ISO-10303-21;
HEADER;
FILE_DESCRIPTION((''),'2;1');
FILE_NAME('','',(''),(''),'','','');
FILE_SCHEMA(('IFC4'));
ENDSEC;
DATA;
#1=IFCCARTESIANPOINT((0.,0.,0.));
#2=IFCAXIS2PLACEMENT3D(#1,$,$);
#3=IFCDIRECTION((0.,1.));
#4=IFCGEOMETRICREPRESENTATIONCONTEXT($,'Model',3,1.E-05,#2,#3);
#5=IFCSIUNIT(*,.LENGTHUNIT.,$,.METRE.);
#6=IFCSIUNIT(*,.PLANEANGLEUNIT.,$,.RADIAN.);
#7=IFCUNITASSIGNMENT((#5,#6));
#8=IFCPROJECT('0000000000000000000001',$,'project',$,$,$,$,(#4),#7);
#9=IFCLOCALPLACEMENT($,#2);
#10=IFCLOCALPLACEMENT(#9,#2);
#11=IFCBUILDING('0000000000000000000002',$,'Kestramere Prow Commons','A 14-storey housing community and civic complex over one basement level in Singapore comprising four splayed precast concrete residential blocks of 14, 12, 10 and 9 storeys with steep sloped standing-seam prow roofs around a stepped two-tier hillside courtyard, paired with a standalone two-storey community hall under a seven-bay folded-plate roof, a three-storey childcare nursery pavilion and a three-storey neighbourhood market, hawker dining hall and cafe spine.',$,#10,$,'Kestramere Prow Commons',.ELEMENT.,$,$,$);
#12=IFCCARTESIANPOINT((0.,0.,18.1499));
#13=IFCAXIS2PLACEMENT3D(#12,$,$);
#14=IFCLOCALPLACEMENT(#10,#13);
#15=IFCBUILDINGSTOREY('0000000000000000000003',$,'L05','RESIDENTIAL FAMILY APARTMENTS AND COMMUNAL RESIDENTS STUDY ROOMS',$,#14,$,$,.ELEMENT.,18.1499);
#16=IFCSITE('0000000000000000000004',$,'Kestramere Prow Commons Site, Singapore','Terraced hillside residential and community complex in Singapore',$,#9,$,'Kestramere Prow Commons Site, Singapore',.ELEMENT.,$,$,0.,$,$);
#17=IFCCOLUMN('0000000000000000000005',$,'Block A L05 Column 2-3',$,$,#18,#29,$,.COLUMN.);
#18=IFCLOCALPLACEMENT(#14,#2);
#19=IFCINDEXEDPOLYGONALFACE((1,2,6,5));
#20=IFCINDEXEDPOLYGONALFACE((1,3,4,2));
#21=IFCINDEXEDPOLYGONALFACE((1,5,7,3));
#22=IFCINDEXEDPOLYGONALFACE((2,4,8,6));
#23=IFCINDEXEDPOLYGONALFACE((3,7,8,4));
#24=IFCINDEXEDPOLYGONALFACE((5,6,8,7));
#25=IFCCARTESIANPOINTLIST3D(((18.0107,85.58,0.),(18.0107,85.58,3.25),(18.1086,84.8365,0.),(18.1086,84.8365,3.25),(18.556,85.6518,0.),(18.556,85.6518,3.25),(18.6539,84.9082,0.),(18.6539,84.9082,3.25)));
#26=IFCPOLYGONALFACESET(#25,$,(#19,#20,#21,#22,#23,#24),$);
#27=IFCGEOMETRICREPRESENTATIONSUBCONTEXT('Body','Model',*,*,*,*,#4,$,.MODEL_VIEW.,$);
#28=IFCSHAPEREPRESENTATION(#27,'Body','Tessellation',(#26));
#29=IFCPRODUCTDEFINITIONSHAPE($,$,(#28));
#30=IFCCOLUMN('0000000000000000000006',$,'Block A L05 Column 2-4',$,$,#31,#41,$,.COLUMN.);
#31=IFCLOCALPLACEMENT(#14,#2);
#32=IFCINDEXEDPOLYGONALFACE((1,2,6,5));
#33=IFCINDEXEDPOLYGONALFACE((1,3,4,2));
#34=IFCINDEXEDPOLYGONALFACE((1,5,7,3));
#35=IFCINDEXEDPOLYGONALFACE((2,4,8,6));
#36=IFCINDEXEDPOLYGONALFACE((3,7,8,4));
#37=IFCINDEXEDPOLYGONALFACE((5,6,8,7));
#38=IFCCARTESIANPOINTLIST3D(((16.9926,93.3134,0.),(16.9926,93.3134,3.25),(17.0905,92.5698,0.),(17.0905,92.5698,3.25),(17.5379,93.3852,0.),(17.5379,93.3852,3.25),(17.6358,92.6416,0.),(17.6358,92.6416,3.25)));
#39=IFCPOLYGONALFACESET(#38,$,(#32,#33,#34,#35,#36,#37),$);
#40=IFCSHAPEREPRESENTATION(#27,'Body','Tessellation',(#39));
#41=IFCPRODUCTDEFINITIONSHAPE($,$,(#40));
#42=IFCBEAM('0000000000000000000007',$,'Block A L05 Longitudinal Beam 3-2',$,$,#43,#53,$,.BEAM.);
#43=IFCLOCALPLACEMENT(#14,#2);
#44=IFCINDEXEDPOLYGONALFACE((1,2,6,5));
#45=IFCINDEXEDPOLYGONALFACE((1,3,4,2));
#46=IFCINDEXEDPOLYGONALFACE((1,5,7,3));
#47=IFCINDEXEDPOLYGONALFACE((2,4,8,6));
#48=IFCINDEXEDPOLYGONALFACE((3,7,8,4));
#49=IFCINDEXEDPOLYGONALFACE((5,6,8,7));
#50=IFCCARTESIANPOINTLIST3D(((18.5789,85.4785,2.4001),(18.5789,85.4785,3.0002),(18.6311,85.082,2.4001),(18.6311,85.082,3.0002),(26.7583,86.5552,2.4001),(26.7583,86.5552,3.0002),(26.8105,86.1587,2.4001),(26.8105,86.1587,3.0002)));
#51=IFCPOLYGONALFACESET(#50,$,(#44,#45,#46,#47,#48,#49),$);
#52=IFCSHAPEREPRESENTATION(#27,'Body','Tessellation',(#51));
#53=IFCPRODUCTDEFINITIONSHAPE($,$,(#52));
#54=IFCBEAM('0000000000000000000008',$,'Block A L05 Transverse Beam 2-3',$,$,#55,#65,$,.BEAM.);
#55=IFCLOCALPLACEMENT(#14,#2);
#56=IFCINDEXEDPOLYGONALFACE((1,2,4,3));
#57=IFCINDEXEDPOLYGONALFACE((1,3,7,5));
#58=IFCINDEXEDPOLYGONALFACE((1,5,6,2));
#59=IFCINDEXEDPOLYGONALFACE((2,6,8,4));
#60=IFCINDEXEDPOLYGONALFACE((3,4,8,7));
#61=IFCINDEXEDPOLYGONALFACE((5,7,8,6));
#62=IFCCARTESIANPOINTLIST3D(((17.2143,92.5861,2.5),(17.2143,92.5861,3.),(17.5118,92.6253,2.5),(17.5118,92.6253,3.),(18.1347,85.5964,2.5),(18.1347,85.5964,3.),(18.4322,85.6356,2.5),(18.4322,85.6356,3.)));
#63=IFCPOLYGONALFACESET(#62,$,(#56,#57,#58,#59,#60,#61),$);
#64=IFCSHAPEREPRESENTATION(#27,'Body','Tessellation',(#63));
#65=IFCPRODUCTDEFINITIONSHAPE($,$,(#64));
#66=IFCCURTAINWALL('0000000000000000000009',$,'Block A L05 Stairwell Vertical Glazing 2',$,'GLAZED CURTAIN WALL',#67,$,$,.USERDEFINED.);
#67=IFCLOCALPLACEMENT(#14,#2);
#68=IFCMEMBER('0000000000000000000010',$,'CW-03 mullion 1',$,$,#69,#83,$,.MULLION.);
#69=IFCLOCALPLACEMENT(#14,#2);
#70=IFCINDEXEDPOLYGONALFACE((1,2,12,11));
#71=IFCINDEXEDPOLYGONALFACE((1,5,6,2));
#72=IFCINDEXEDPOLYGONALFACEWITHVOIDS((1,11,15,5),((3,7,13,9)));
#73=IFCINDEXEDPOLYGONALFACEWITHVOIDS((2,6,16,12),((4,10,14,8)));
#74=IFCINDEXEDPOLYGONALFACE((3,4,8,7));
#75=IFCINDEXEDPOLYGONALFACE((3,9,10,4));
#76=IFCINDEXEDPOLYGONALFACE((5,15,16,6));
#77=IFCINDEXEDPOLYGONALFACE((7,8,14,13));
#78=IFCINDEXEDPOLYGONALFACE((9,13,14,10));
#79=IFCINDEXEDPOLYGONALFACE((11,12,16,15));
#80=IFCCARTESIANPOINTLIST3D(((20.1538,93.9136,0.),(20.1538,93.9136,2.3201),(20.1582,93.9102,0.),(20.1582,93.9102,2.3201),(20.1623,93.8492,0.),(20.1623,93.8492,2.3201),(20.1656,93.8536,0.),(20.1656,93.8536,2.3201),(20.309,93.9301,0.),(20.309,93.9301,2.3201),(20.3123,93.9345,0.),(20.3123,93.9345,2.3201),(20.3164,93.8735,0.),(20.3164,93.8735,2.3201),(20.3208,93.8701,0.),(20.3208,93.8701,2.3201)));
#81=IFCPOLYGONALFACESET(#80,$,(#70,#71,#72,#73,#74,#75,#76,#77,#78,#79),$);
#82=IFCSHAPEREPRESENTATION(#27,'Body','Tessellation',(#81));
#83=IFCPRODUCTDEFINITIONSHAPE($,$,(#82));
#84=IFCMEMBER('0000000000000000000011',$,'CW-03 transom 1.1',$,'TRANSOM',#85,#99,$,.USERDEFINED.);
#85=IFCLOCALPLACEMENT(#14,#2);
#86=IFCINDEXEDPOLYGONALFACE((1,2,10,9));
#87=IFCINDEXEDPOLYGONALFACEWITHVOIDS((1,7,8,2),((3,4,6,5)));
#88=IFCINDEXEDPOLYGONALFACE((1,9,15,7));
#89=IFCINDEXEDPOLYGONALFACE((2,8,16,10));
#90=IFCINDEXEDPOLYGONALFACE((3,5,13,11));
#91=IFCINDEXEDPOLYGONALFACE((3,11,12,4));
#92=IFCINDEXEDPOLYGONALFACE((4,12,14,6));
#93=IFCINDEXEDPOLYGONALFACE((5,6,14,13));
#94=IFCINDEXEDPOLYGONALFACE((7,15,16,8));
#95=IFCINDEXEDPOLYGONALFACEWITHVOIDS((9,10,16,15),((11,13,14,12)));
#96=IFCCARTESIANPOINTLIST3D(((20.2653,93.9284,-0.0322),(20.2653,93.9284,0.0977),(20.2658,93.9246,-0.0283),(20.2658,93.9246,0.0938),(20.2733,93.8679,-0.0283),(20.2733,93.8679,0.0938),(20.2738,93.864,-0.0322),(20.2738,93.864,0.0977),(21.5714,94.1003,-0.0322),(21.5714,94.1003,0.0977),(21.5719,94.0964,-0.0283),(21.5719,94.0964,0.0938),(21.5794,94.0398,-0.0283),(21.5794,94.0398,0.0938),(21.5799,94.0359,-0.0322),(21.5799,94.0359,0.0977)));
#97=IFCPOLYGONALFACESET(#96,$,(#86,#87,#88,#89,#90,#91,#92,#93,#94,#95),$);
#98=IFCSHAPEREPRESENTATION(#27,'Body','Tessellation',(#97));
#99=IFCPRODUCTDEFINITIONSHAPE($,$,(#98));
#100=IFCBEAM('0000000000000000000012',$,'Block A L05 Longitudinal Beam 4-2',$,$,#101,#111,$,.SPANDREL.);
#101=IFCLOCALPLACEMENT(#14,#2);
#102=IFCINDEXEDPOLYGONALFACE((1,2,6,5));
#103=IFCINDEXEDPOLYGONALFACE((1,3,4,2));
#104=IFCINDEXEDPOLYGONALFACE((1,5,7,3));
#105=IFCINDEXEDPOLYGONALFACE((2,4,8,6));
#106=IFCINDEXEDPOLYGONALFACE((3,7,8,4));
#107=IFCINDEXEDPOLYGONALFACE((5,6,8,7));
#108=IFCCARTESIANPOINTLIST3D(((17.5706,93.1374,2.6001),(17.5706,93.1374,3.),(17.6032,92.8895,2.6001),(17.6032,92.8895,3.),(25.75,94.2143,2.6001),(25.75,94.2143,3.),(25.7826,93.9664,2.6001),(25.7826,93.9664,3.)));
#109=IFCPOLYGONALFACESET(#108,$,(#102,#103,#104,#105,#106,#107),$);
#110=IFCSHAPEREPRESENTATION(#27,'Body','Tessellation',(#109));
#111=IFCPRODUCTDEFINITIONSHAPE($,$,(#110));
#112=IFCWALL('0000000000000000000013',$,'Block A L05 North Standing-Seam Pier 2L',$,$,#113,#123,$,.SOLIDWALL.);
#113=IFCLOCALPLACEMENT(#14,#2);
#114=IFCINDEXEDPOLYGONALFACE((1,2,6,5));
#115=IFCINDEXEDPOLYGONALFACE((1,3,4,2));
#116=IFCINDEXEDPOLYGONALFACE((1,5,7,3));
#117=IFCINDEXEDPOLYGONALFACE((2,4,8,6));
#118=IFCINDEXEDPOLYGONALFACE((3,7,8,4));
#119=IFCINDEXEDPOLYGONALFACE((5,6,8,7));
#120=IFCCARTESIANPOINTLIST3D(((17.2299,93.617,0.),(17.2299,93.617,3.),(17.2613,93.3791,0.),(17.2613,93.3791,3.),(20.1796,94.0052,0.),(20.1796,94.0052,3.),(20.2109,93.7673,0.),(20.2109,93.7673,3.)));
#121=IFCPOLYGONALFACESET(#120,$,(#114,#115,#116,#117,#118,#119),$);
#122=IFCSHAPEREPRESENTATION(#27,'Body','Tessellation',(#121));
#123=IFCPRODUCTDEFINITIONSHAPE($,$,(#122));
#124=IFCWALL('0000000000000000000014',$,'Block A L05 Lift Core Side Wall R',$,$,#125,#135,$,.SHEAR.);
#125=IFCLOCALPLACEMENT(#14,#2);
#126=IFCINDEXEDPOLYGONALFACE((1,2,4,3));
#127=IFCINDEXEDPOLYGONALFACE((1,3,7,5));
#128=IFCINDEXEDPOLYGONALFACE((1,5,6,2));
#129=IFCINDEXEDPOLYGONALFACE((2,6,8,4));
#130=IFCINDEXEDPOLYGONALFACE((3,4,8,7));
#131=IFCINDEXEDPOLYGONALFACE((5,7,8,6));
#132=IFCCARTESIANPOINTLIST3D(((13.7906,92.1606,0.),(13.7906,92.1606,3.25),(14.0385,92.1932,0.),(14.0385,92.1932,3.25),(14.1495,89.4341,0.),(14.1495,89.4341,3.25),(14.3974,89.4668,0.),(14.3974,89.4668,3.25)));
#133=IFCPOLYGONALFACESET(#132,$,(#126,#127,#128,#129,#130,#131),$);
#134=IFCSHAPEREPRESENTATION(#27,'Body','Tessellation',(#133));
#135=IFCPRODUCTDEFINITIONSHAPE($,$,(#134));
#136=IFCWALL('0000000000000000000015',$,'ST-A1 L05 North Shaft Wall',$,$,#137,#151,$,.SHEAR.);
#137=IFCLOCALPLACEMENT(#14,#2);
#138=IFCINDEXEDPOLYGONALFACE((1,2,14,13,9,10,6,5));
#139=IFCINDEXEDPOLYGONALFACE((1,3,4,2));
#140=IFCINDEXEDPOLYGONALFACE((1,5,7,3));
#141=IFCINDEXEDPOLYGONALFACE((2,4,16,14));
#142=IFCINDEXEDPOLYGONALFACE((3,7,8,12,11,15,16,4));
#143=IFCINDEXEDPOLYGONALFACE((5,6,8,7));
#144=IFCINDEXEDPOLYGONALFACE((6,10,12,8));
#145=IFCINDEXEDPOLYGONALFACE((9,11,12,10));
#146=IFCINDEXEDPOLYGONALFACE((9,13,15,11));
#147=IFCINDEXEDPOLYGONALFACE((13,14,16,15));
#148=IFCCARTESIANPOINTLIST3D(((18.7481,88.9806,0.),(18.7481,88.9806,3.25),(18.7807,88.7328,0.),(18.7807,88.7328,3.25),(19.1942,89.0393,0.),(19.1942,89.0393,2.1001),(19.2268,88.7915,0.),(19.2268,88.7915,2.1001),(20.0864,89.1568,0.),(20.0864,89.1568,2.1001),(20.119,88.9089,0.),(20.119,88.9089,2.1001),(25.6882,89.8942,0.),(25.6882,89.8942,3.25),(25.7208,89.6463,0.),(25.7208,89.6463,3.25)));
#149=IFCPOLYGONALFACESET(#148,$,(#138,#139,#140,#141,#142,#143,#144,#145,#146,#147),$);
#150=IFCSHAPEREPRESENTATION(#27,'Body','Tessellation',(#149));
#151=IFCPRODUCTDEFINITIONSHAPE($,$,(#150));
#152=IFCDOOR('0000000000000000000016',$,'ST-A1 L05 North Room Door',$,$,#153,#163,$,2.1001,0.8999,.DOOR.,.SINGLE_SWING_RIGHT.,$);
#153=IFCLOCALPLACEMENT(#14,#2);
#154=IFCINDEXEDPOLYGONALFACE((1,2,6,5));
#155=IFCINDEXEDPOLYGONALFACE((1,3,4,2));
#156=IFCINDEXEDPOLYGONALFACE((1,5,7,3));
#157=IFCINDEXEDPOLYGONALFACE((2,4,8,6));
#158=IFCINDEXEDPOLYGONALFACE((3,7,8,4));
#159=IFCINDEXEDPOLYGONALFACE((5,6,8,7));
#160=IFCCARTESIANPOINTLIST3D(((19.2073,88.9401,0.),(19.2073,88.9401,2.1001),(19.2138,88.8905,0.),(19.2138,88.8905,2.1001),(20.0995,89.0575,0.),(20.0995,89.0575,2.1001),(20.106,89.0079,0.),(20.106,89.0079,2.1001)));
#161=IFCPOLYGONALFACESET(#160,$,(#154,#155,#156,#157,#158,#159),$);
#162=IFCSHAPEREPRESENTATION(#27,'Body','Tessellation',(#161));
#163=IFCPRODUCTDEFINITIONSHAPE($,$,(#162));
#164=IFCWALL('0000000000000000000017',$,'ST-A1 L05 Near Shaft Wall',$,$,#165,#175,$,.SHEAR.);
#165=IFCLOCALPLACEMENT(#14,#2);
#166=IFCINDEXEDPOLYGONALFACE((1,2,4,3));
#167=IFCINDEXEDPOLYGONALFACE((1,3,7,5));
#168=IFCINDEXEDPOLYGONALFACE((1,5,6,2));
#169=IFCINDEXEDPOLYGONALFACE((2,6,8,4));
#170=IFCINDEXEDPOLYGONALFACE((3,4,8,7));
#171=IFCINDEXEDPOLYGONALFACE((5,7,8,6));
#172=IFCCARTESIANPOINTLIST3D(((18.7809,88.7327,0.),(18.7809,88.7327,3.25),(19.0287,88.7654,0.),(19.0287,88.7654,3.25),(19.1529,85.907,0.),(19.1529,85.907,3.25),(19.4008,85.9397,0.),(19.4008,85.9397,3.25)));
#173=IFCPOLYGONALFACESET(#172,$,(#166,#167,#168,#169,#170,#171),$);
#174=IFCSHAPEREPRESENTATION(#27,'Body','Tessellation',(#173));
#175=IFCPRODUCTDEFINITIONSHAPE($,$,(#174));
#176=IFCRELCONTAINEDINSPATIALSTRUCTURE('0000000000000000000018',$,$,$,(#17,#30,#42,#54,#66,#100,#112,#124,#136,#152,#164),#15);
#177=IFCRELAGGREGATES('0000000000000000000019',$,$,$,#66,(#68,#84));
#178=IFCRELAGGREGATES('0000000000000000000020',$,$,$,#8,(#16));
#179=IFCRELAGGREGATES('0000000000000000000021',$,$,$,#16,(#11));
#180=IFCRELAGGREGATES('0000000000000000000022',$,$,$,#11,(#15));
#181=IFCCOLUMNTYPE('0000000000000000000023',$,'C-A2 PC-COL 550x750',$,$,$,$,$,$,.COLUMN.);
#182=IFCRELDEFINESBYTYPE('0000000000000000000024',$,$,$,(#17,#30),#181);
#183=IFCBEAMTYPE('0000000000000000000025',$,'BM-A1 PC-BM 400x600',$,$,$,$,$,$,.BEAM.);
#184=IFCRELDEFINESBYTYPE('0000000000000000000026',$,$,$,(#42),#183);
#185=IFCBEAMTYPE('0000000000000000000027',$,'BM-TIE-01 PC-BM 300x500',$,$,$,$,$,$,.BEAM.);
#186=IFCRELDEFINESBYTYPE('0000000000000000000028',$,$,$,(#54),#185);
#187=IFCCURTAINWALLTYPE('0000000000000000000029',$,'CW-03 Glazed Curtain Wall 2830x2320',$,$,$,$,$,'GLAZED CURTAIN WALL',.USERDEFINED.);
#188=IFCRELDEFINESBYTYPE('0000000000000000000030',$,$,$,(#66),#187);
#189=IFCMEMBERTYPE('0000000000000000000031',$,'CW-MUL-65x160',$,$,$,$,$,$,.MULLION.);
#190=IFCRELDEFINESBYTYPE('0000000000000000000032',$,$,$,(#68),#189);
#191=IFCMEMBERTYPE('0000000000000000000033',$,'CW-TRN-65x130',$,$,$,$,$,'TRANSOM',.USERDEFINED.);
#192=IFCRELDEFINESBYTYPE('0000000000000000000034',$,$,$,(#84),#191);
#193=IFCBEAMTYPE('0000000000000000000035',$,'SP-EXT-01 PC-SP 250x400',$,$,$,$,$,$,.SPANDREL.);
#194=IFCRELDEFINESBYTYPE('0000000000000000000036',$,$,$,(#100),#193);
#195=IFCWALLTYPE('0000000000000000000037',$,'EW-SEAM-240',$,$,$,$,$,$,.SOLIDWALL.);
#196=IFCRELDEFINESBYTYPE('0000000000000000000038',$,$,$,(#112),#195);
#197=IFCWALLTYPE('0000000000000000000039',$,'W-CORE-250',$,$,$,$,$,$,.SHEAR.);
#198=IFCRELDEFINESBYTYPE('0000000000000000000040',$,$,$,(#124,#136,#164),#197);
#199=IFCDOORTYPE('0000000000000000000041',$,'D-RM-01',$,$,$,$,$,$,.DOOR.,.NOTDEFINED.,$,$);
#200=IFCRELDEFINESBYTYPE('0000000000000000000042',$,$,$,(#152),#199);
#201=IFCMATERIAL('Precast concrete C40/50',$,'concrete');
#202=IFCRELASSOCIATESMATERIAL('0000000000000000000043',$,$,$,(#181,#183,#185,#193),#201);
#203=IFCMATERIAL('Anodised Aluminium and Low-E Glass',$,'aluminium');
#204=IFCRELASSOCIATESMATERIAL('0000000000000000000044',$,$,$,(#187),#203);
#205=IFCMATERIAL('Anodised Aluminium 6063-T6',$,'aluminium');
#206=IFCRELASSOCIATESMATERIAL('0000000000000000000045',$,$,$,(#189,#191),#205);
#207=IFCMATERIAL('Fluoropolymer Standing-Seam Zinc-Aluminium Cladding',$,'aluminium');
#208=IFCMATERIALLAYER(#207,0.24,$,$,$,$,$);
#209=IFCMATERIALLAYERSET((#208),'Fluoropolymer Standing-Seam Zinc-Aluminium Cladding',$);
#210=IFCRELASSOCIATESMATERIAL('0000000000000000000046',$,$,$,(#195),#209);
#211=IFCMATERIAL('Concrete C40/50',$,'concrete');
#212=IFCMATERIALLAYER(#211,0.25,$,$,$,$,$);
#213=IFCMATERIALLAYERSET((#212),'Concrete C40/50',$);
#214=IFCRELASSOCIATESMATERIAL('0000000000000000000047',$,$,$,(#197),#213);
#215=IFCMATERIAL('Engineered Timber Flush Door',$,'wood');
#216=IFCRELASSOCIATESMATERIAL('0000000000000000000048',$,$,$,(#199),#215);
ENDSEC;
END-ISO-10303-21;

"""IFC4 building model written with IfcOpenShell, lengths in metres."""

from ifc_helpers import new_model, si_unit, direction, frame, frame_2d, origin, origin_2d, place, context, subcontext, project, spatial, rectangle, hollow_rectangle, extrude, material, layer, layer_set, material_profile, profile_set, type_object, element, fill, aggregate, save


model = new_model("IFC4")

# Units and contexts
model_context = context("Model", 3, precision=1e-05, world=origin(), true_north=direction((0.0, 1.0)))
body_context = subcontext(model_context, "Body", "Model", "MODEL_VIEW")
ifc_project = project(units=[si_unit("LENGTHUNIT", "METRE"), si_unit("PLANEANGLEUNIT", "RADIAN")], contexts=[model_context])

# Site, building, storey
site_placement = place(None, origin())
site = spatial("IfcSite", under=ifc_project, at=site_placement, Name="Kestramere Prow Commons Site, Singapore", Description="Terraced hillside residential and community complex in Singapore", LongName="Kestramere Prow Commons Site, Singapore", CompositionType="ELEMENT", RefElevation=0.0)
building_placement = place(site_placement, origin())
building = spatial("IfcBuilding", under=site, at=building_placement, Name="Kestramere Prow Commons", Description="A 14-storey housing community and civic complex over one basement level in Singapore comprising four splayed precast concrete residential blocks of 14, 12, 10 and 9 storeys with steep sloped standing-seam prow roofs around a stepped two-tier hillside courtyard, paired with a standalone two-storey community hall under a seven-bay folded-plate roof, a three-storey childcare nursery pavilion and a three-storey neighbourhood market, hawker dining hall and cafe spine.", LongName="Kestramere Prow Commons", CompositionType="ELEMENT")
storey_placement = place(building_placement, frame((0.0, 0.0, 18.1499)))
storey = spatial("IfcBuildingStorey", under=building, at=storey_placement, Name="L05", Description="RESIDENTIAL FAMILY APARTMENTS AND COMMUNAL RESIDENTS STUDY ROOMS", CompositionType="ELEMENT", Elevation=18.1499)

# Columns
ifc_material_1 = material(Name="Precast concrete C40/50", Category="concrete")
ifc_material_profile_1 = material_profile(ifc_material_1, rectangle(XDim=0.55, YDim=0.75, at=origin_2d()), Name="PC-COL 550x750")
ifc_profile_set_1 = profile_set([ifc_material_profile_1], Name="Precast concrete C40/50")
column_type = type_object("IfcColumnType", Name="C-A2 PC-COL 550x750", PredefinedType="COLUMN", material=ifc_profile_set_1)
for number, where, z_axis, x_axis, name in (
    (1, (18.3323, 85.2441, 0.0), (0.0, 0.0, 1.0), (0.991445, 0.130526, 0.0), "Block A L05 Column 2-3"),
    (2, (17.3142, 92.9775, 0.0), (0.0, 0.0, 1.0), (0.991445, 0.130526, 0.0), "Block A L05 Column 2-4"),
):
    element("IfcColumn", number, at=place(storey_placement, frame(where, z_axis=z_axis, x_axis=x_axis)), inside=storey, type_object=column_type, Name=name, PredefinedType="COLUMN", context=body_context, shape_type="SweptSolid", body=[
        extrude(rectangle(XDim=0.55, YDim=0.75, at=origin_2d()), origin(), (0.0, 0.0, 1.0), 3.25),
    ])

# Beams
ifc_material_profile_2 = material_profile(ifc_material_1, rectangle(XDim=0.3999, YDim=0.6001, at=origin_2d()), Name="PC-BM 400x600")
ifc_profile_set_2 = profile_set([ifc_material_profile_2], Name="Precast concrete C40/50")
beam_type_1 = type_object("IfcBeamType", Name="BM-A1 PC-BM 400x600", PredefinedType="BEAM", material=ifc_profile_set_2)
beam_1_placement = place(storey_placement, frame((18.605, 85.2803, 2.7002), z_axis=(0.991448, 0.130504, 0.0), x_axis=(-0.130504, 0.991448, 0.0)))
element("IfcBeam", 3, at=beam_1_placement, inside=storey, type_object=beam_type_1, Name="Block A L05 Longitudinal Beam 3-2", PredefinedType="BEAM", context=body_context, shape_type="SweptSolid", body=[
    extrude(rectangle(XDim=0.3999, YDim=0.6001, at=origin_2d()), origin(), (0.0, 0.0, 1.0), 8.25),
])
ifc_material_profile_3 = material_profile(ifc_material_1, rectangle(XDim=0.3, YDim=0.5, at=origin_2d()), Name="PC-BM 300x500")
ifc_profile_set_3 = profile_set([ifc_material_profile_3], Name="Precast concrete C40/50")
beam_type_2 = type_object("IfcBeamType", Name="BM-TIE-01 PC-BM 300x500", PredefinedType="BEAM", material=ifc_profile_set_3)
beam_2_placement = place(storey_placement, frame((18.2834, 85.616, 2.75), z_axis=(-0.130553, 0.991441, 0.0), x_axis=(-0.991441, -0.130553, 0.0)))
element("IfcBeam", 4, at=beam_2_placement, inside=storey, type_object=beam_type_2, Name="Block A L05 Transverse Beam 2-3", PredefinedType="BEAM", context=body_context, shape_type="SweptSolid", body=[
    extrude(rectangle(XDim=0.3, YDim=0.5, at=origin_2d()), origin(), (0.0, 0.0, 1.0), 7.05),
])

# Curtain wall, members
ifc_material_2 = material(Name="Anodised Aluminium and Low-E Glass", Category="aluminium")
curtain_wall_type = type_object("IfcCurtainWallType", Name="CW-03 Glazed Curtain Wall 2830x2320", ElementType="GLAZED CURTAIN WALL", PredefinedType="USERDEFINED", material=ifc_material_2)
curtain_wall_placement = place(storey_placement, origin())
curtain_wall = element("IfcCurtainWall", 5, at=curtain_wall_placement, inside=storey, type_object=curtain_wall_type, Name="Block A L05 Stairwell Vertical Glazing 2", ObjectType="GLAZED CURTAIN WALL", PredefinedType="USERDEFINED")
ifc_material_3 = material(Name="Anodised Aluminium 6063-T6", Category="aluminium")
ifc_material_profile_4 = material_profile(ifc_material_3, hollow_rectangle(XDim=0.0649, YDim=0.1599, WallThickness=0.0039, at=origin_2d()), Name="ALU-MUL 65x160")
ifc_profile_set_4 = profile_set([ifc_material_profile_4], Name="Anodised Aluminium 6063-T6")
member_type_1 = type_object("IfcMemberType", Name="CW-MUL-65x160", PredefinedType="MULLION", material=ifc_profile_set_4)
member_1_placement = place(storey_placement, frame((20.2373, 93.8918, 0.0), z_axis=(0.0, 0.0, 1.0), x_axis=(-0.130526, 0.991445, 0.0)))
member_1 = element("IfcMember", 6, at=member_1_placement, type_object=member_type_1, Name="CW-03 mullion 1", PredefinedType="MULLION", context=body_context, shape_type="SweptSolid", body=[
    extrude(hollow_rectangle(XDim=0.0649, YDim=0.1599, WallThickness=0.0039, at=origin_2d()), origin(), (0.0, 0.0, 1.0), 2.3201),
])
ifc_material_profile_5 = material_profile(ifc_material_3, hollow_rectangle(XDim=0.0649, YDim=0.1299, WallThickness=0.0039, at=origin_2d()), Name="ALU-TRN 65x130")
ifc_profile_set_5 = profile_set([ifc_material_profile_5], Name="Anodised Aluminium 6063-T6")
member_type_2 = type_object("IfcMemberType", Name="CW-TRN-65x130", ElementType="TRANSOM", PredefinedType="USERDEFINED", material=ifc_profile_set_5)
member_2_placement = place(storey_placement, frame((20.2695, 93.8962, 0.0327), z_axis=(0.991453, 0.130464, 0.0), x_axis=(-0.130464, 0.991453, 0.0)))
member_2 = element("IfcMember", 7, at=member_2_placement, type_object=member_type_2, Name="CW-03 transom 1.1", ObjectType="TRANSOM", PredefinedType="USERDEFINED", context=body_context, shape_type="SweptSolid", body=[
    extrude(hollow_rectangle(XDim=0.0649, YDim=0.1299, WallThickness=0.0039, at=origin_2d()), origin(), (0.0, 0.0, 1.0), 1.3174),
])
aggregate(curtain_wall, [member_1, member_2])

# Beam
ifc_material_profile_6 = material_profile(ifc_material_1, rectangle(XDim=0.25, YDim=0.3999, at=origin_2d()), Name="PC-SP 250x400")
ifc_profile_set_6 = profile_set([ifc_material_profile_6], Name="Precast concrete C40/50")
beam_type_3 = type_object("IfcBeamType", Name="SP-EXT-01 PC-SP 250x400", PredefinedType="SPANDREL", material=ifc_profile_set_6)
beam_3_placement = place(storey_placement, frame((17.5869, 93.0134, 2.8), z_axis=(0.991444, 0.130533, 0.0), x_axis=(-0.130533, 0.991444, 0.0)))
element("IfcBeam", 8, at=beam_3_placement, inside=storey, type_object=beam_type_3, Name="Block A L05 Longitudinal Beam 4-2", PredefinedType="SPANDREL", context=body_context, shape_type="SweptSolid", body=[
    extrude(rectangle(XDim=0.25, YDim=0.3999, at=origin_2d()), origin(), (0.0, 0.0, 1.0), 8.25),
])

# Wall
ifc_material_4 = material(Name="Fluoropolymer Standing-Seam Zinc-Aluminium Cladding", Category="aluminium")
ifc_layer_1 = layer(ifc_material_4, 0.24)
ifc_layer_set_1 = layer_set([ifc_layer_1], Name="Fluoropolymer Standing-Seam Zinc-Aluminium Cladding")
wall_type_1 = type_object("IfcWallType", Name="EW-SEAM-240", PredefinedType="SOLIDWALL", material=ifc_layer_set_1)
wall_1_placement = place(storey_placement, frame((17.2456, 93.498, 0.0), z_axis=(0.0, 0.0, 1.0), x_axis=(0.991452, 0.130476, 0.0)))
element("IfcWall", 9, at=wall_1_placement, inside=storey, type_object=wall_type_1, Name="Block A L05 North Standing-Seam Pier 2L", PredefinedType="SOLIDWALL", context=body_context, shape_type="SweptSolid", body=[
    extrude(rectangle(XDim=2.9751, YDim=0.24, at=frame_2d((1.4875, 0.0))), origin(), (0.0, 0.0, 1.0), 3.0),
])

# Shared definitions
ifc_material_5 = material(Name="Concrete C40/50", Category="concrete")
ifc_layer_2 = layer(ifc_material_5, 0.25)
ifc_layer_set_2 = layer_set([ifc_layer_2], Name="Concrete C40/50")
wall_type_2 = type_object("IfcWallType", Name="W-CORE-250", PredefinedType="SHEAR", material=ifc_layer_set_2)

# Wall
wall_2_placement = place(storey_placement, frame((14.2734, 89.4504, 0.0), z_axis=(0.0, 0.0, 1.0), x_axis=(-0.1305, 0.991448, 0.0)))
element("IfcWall", 10, at=wall_2_placement, inside=storey, type_object=wall_type_2, Name="Block A L05 Lift Core Side Wall R", PredefinedType="SHEAR", context=body_context, shape_type="SweptSolid", body=[
    extrude(rectangle(XDim=2.75, YDim=0.25, at=frame_2d((1.375, 0.0))), origin(), (0.0, 0.0, 1.0), 3.25),
])

# Wall, opening, door
wall_3_placement = place(storey_placement, frame((18.7644, 88.8567, 0.0), z_axis=(0.0, 0.0, 1.0), x_axis=(0.991447, 0.13051, 0.0)))
wall_3 = element("IfcWall", 11, at=wall_3_placement, inside=storey, type_object=wall_type_2, Name="ST-A1 L05 North Shaft Wall", PredefinedType="SHEAR", context=body_context, shape_type="SweptSolid", body=[
    extrude(rectangle(XDim=7.0, YDim=0.25, at=frame_2d((3.5, 0.0))), origin(), (0.0, 0.0, 1.0), 3.25),
])
opening_1_placement = place(wall_3_placement, frame((0.45, 0.0, 0.0)))
opening_1 = element("IfcOpeningElement", 12, at=opening_1_placement, cuts=wall_3, PredefinedType="OPENING", context=body_context, shape_type="SweptSolid", body=[
    extrude(rectangle(XDim=0.8999, YDim=2.1001, at=frame_2d((0.45, 1.05))), frame((0.0, 0.1399, 0.0), z_axis=(0.0, -1.0, 0.0), x_axis=(1.0, 0.0, 0.0)), (0.0, 0.0, 1.0), 0.28),
])
ifc_material_6 = material(Name="Engineered Timber Flush Door", Category="wood")
door_type_1 = type_object("IfcDoorType", Name="D-RM-01", OperationType="NOTDEFINED", PredefinedType="DOOR", material=ifc_material_6)
door_1_placement = place(opening_1_placement, origin())
door_1 = element("IfcDoor", 13, at=door_1_placement, inside=storey, type_object=door_type_1, Name="ST-A1 L05 North Room Door", OperationType="SINGLE_SWING_RIGHT", OverallHeight=2.1001, OverallWidth=0.8999, PredefinedType="DOOR", context=body_context, shape_type="SweptSolid", body=[
    extrude(rectangle(XDim=0.8999, YDim=2.1001, at=frame_2d((0.45, 1.05))), frame((0.0, 0.0249, 0.0), z_axis=(0.0, -1.0, 0.0), x_axis=(1.0, 0.0, 0.0)), (0.0, 0.0, 1.0), 0.05),
])
fill(opening_1, door_1)

# Wall
wall_4_placement = place(storey_placement, frame((19.2769, 85.9233, 0.0), z_axis=(0.0, 0.0, 1.0), x_axis=(-0.130548, 0.991442, 0.0)))
element("IfcWall", 14, at=wall_4_placement, inside=storey, type_object=wall_type_2, Name="ST-A1 L05 Near Shaft Wall", PredefinedType="SHEAR", context=body_context, shape_type="SweptSolid", body=[
    extrude(rectangle(XDim=2.8501, YDim=0.25, at=frame_2d((1.425, 0.0))), origin(), (0.0, 0.0, 1.0), 3.25),
])

save(model, "model.ifc")
